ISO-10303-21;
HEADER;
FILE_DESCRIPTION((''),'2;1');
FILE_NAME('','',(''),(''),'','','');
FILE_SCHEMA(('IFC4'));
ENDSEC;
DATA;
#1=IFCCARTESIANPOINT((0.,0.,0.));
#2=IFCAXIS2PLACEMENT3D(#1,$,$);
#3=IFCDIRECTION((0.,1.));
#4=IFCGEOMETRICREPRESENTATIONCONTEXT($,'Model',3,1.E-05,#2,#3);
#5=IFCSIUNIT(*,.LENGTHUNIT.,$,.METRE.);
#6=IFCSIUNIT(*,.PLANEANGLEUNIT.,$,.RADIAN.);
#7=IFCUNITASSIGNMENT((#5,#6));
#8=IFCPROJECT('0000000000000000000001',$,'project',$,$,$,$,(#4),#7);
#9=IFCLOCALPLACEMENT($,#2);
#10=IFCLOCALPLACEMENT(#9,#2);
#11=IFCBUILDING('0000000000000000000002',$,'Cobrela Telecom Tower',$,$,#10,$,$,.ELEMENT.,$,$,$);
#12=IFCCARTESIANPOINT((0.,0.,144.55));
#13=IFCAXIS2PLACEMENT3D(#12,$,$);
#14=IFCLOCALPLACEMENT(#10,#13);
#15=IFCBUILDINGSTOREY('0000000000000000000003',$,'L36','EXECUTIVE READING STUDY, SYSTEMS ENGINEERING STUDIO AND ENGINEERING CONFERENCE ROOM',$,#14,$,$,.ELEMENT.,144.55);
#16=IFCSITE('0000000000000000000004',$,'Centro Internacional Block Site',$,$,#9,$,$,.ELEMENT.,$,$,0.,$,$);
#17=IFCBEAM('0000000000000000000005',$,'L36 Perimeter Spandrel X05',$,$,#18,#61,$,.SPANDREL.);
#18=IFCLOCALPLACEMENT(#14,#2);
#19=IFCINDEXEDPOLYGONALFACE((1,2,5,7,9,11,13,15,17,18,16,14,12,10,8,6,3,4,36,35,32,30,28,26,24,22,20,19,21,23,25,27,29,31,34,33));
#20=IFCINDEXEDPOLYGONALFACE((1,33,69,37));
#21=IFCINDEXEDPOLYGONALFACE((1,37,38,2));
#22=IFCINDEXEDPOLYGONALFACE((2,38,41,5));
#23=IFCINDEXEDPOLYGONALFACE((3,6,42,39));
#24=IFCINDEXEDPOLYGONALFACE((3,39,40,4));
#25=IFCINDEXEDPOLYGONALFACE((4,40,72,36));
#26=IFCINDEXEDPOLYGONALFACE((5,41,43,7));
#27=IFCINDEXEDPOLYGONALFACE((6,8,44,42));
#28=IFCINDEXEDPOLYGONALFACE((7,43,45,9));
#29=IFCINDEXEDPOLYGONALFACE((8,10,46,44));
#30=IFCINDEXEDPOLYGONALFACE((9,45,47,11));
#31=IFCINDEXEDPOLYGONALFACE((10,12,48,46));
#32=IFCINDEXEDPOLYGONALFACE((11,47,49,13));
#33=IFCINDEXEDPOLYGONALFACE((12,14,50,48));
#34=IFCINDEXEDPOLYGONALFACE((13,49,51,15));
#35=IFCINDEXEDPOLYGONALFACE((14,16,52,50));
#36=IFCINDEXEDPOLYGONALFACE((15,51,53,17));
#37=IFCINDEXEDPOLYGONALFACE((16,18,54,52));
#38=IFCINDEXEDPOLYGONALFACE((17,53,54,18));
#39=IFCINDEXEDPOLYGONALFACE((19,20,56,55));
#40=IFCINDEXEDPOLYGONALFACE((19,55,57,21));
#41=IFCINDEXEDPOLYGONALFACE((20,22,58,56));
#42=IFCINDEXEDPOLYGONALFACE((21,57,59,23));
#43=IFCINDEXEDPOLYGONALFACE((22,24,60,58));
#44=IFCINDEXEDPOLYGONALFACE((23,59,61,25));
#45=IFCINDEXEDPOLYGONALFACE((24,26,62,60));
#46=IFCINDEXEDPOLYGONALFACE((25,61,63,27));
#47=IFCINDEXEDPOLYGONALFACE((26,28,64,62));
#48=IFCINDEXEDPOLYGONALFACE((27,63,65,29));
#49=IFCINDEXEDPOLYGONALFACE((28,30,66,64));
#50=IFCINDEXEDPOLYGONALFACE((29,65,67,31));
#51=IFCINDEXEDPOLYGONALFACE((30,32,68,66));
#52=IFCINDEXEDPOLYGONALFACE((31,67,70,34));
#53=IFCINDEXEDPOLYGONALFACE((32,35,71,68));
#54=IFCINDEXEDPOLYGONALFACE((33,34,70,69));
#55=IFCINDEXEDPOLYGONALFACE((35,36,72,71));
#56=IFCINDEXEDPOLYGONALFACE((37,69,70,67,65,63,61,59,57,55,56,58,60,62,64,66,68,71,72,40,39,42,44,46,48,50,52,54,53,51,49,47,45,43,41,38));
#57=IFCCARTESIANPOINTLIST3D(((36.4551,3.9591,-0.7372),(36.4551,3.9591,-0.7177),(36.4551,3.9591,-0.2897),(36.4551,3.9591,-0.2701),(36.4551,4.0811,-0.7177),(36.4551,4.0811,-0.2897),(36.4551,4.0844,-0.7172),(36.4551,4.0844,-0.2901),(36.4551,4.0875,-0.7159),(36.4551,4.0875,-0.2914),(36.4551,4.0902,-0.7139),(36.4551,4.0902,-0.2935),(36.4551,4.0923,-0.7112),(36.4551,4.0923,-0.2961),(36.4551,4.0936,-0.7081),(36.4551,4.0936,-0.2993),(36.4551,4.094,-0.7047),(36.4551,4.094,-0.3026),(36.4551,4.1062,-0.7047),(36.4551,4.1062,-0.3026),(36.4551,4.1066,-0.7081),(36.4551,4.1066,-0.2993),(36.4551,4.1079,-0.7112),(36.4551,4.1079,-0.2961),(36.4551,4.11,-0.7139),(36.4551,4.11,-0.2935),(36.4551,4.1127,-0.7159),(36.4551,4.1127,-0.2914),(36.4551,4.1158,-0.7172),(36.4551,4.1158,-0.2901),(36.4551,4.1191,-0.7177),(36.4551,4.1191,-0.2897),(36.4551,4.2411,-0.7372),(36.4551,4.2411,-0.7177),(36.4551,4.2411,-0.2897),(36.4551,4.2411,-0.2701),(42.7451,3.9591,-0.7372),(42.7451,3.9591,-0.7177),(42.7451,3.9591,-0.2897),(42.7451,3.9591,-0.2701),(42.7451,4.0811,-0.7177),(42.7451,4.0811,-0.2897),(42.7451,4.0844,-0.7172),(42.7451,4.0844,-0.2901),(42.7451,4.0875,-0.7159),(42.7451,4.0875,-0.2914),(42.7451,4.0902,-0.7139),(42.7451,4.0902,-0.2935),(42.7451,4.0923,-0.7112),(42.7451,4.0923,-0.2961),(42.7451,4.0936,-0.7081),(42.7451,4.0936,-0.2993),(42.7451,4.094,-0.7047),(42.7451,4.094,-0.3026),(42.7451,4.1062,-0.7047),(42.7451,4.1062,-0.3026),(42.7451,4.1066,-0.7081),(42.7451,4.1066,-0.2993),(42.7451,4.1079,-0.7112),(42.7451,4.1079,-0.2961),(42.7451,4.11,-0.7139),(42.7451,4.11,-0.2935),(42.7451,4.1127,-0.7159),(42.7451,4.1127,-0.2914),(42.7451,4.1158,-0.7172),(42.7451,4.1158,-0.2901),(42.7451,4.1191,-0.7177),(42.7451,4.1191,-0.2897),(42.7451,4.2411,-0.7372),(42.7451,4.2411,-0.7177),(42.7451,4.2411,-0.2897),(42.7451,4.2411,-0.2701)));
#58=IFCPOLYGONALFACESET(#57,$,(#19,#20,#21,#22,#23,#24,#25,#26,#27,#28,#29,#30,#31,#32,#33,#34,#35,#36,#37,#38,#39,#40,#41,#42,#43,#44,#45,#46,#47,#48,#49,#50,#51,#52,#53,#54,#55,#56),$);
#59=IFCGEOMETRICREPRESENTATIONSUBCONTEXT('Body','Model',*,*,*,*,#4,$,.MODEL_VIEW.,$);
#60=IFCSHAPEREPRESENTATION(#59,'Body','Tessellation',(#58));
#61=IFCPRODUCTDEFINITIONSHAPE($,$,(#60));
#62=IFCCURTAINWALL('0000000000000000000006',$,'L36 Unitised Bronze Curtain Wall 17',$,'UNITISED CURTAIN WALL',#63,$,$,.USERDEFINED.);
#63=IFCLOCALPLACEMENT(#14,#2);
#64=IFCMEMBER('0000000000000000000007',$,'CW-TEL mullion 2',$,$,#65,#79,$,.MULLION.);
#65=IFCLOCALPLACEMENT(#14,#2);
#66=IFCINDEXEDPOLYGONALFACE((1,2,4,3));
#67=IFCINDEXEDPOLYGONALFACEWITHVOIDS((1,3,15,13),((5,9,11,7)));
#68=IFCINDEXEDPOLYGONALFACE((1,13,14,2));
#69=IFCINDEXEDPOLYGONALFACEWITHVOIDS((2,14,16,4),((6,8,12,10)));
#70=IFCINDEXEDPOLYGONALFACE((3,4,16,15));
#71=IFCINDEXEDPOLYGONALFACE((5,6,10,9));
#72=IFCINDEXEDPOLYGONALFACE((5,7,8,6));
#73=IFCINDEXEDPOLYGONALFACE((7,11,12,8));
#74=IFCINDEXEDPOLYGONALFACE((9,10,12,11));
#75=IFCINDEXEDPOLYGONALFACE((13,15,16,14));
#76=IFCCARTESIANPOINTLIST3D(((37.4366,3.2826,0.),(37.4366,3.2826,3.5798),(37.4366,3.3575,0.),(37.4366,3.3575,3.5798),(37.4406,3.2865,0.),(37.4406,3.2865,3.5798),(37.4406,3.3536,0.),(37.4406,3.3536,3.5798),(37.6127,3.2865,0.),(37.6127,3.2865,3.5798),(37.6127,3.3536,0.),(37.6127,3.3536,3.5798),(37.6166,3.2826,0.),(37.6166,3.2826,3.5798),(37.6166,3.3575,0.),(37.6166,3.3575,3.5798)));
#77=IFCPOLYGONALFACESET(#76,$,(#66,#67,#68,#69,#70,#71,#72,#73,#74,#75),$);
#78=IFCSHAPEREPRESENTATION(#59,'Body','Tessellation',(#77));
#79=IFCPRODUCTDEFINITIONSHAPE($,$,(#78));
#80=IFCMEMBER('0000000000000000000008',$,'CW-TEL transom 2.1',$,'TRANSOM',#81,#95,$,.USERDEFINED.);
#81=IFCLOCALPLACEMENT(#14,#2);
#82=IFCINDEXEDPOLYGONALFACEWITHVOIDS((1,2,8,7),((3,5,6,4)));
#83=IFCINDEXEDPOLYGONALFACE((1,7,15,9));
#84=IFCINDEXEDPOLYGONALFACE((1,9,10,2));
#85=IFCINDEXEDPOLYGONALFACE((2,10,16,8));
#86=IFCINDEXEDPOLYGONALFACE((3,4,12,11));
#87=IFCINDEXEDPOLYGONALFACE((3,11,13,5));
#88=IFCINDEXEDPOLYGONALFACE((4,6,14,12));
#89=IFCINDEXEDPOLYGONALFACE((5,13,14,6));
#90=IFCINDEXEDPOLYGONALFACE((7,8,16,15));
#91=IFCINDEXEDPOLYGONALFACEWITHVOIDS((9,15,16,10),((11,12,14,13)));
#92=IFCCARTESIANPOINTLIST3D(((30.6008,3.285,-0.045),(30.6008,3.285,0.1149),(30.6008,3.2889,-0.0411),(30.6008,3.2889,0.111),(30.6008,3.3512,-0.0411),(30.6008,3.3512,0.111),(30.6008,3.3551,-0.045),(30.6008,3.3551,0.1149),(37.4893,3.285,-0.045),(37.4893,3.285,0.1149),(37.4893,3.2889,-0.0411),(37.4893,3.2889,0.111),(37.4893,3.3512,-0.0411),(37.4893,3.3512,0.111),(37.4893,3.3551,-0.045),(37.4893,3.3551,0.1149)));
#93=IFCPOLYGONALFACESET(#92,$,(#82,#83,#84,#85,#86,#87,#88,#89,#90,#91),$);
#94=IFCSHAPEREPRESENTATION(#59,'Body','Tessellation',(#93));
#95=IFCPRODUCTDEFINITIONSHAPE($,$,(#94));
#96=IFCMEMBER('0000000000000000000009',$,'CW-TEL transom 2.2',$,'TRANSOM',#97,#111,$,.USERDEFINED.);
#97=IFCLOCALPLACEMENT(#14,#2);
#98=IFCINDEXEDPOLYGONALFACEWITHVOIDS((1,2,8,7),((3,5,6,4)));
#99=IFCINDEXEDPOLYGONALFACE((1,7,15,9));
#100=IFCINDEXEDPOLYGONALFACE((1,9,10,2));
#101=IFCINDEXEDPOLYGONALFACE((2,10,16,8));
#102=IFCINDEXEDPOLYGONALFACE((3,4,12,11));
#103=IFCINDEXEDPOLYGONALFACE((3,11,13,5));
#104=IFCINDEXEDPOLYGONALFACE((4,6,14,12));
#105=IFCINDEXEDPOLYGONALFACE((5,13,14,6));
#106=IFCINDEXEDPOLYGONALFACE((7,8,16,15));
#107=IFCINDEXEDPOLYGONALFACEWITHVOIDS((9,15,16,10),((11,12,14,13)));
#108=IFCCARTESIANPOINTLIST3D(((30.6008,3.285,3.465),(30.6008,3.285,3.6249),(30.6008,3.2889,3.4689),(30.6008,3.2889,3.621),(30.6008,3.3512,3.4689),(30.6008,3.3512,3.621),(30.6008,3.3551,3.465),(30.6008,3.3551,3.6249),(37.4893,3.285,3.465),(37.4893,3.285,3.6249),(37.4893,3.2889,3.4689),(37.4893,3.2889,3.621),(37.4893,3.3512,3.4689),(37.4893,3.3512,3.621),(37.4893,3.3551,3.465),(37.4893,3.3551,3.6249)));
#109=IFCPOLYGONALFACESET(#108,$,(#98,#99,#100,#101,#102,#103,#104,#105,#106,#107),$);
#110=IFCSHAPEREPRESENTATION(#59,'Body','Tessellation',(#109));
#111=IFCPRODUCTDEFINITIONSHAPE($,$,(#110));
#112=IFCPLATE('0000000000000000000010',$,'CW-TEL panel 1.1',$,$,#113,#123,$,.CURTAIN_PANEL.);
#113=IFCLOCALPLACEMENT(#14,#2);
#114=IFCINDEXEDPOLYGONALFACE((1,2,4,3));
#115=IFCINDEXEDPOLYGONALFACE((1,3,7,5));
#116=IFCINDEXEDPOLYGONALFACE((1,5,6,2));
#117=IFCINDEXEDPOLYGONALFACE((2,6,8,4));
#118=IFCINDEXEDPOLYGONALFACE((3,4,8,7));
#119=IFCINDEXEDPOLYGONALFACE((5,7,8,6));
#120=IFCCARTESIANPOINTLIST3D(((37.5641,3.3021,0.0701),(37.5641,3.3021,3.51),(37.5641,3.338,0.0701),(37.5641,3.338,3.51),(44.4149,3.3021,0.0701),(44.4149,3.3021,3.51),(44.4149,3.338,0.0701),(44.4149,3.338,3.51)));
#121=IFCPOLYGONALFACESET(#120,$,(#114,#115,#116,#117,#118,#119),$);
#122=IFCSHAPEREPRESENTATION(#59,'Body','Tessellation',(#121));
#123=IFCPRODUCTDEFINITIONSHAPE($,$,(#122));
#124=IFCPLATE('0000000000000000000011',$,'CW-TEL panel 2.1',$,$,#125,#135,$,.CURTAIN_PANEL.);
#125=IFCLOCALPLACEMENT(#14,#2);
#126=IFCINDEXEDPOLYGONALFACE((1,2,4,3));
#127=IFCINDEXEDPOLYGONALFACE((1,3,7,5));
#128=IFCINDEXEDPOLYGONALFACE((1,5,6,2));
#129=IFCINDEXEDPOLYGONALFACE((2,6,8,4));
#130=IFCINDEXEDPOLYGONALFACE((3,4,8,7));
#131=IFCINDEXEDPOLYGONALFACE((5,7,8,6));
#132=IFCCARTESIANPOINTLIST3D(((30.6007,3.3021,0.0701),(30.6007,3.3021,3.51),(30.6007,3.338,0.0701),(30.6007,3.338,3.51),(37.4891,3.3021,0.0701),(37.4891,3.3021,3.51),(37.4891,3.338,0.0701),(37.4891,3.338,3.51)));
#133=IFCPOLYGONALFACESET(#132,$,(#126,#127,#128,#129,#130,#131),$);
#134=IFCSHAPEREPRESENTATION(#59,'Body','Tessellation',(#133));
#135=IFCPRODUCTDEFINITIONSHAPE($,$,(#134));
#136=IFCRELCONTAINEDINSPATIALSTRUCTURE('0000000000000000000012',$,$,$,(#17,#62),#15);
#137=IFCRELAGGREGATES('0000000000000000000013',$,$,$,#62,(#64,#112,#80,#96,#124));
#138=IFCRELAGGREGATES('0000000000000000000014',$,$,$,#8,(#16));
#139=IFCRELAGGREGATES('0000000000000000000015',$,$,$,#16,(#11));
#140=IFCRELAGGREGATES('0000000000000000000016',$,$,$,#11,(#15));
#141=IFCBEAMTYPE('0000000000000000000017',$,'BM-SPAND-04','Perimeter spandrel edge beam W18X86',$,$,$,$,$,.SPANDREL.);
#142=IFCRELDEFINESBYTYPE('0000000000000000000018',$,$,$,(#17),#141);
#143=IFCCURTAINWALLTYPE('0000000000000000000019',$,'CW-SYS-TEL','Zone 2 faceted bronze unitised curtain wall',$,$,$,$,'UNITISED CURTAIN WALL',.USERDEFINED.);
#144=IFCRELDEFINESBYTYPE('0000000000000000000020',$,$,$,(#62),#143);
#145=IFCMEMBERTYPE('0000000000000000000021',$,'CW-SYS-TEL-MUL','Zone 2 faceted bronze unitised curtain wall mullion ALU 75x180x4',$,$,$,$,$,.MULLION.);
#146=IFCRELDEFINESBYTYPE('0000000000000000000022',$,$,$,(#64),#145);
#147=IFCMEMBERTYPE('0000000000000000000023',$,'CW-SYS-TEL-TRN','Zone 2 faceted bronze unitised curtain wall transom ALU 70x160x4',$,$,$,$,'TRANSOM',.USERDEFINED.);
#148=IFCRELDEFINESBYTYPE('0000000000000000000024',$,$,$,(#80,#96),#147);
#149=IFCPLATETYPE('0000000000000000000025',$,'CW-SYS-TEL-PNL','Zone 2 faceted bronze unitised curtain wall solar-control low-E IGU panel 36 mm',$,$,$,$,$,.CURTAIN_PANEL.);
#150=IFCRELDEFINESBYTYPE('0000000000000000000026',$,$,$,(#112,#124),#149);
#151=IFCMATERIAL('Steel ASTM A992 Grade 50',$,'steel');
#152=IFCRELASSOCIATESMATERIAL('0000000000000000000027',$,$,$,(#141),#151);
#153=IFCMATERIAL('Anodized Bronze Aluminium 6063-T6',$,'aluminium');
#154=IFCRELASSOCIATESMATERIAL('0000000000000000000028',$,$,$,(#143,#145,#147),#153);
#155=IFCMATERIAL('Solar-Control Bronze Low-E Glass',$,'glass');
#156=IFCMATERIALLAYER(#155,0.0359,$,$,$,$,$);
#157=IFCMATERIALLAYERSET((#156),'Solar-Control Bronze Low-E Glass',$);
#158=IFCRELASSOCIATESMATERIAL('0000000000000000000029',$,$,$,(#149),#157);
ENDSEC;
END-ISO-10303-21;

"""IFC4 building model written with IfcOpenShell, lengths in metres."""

from ifc_helpers import new_model, si_unit, direction, frame, origin, origin_2d, place, context, subcontext, project, spatial, rectangle, hollow_rectangle, i_section, extrude, material, layer, layer_set, material_profile, profile_set, type_object, element, aggregate, save


model = new_model("IFC4")

# Units and contexts
model_context = context("Model", 3, precision=1e-05, world=origin(), true_north=direction((0.0, 1.0)))
body_context = subcontext(model_context, "Body", "Model", "MODEL_VIEW")
ifc_project = project(units=[si_unit("LENGTHUNIT", "METRE"), si_unit("PLANEANGLEUNIT", "RADIAN")], contexts=[model_context])

# Site, building, storey
site_placement = place(None, origin())
site = spatial("IfcSite", under=ifc_project, at=site_placement, Name="Centro Internacional Block Site", CompositionType="ELEMENT", RefElevation=0.0)
building_placement = place(site_placement, origin())
building = spatial("IfcBuilding", under=site, at=building_placement, Name="Cobrela Telecom Tower", CompositionType="ELEMENT")
storey_placement = place(building_placement, frame((0.0, 0.0, 144.55)))
storey = spatial("IfcBuildingStorey", under=building, at=storey_placement, Name="L36", Description="EXECUTIVE READING STUDY, SYSTEMS ENGINEERING STUDIO AND ENGINEERING CONFERENCE ROOM", CompositionType="ELEMENT", Elevation=144.55)

# Shared definitions
ifc_material_1 = material(Name="Steel ASTM A992 Grade 50", Category="steel")

# Beam
ifc_material_profile_1 = material_profile(ifc_material_1, i_section(OverallWidth=0.282, OverallDepth=0.467, WebThickness=0.0122, FlangeThickness=0.0195, FilletRadius=0.0129, at=origin_2d()), Name="W18X86")
ifc_profile_set_1 = profile_set([ifc_material_profile_1], Name="Steel ASTM A992 Grade 50")
beam_type_1 = type_object("IfcBeamType", Name="BM-SPAND-04", Description="Perimeter spandrel edge beam W18X86", PredefinedType="SPANDREL", material=ifc_profile_set_1)
beam_1_placement = place(storey_placement, frame((36.4551, 4.1001, -0.5037), z_axis=(1.0, 0.0, 0.0), x_axis=(0.0, 1.0, 0.0)))
element("IfcBeam", 1, at=beam_1_placement, inside=storey, type_object=beam_type_1, Name="L36 Perimeter Spandrel X05", PredefinedType="SPANDREL", context=body_context, shape_type="SweptSolid", body=[
    extrude(i_section(OverallWidth=0.282, OverallDepth=0.467, WebThickness=0.0122, FlangeThickness=0.0195, FilletRadius=0.0129, at=origin_2d()), origin(), (0.0, 0.0, 1.0), 6.29),
])

# Curtain wall, members, plates
ifc_material_2 = material(Name="Anodized Bronze Aluminium 6063-T6", Category="aluminium")
curtain_wall_type = type_object("IfcCurtainWallType", Name="CW-SYS-TEL", Description="Zone 2 faceted bronze unitised curtain wall", ElementType="UNITISED CURTAIN WALL", PredefinedType="USERDEFINED", material=ifc_material_2)
curtain_wall_placement = place(storey_placement, origin())
curtain_wall = element("IfcCurtainWall", 2, at=curtain_wall_placement, inside=storey, type_object=curtain_wall_type, Name="L36 Unitised Bronze Curtain Wall 17", ObjectType="UNITISED CURTAIN WALL", PredefinedType="USERDEFINED")
ifc_material_profile_2 = material_profile(ifc_material_2, hollow_rectangle(XDim=0.075, YDim=0.1799, WallThickness=0.0039, at=origin_2d()), Name="ALU 75x180x4")
ifc_profile_set_2 = profile_set([ifc_material_profile_2], Name="Anodized Bronze Aluminium 6063-T6")
member_type_1 = type_object("IfcMemberType", Name="CW-SYS-TEL-MUL", Description="Zone 2 faceted bronze unitised curtain wall mullion ALU 75x180x4", PredefinedType="MULLION", material=ifc_profile_set_2)
member_1_placement = place(storey_placement, frame((37.5266, 3.3201, 0.0), z_axis=(0.0, 0.0, 1.0), x_axis=(0.0, -1.0, 0.0)))
member_1 = element("IfcMember", 3, at=member_1_placement, type_object=member_type_1, Name="CW-TEL mullion 2", PredefinedType="MULLION", context=body_context, shape_type="SweptSolid", body=[
    extrude(hollow_rectangle(XDim=0.075, YDim=0.1799, WallThickness=0.0039, at=origin_2d()), origin(), (0.0, 0.0, 1.0), 3.5798),
])
ifc_material_profile_3 = material_profile(ifc_material_2, hollow_rectangle(XDim=0.0701, YDim=0.1599, WallThickness=0.0039, at=origin_2d()), Name="ALU 70x160x4")
ifc_profile_set_3 = profile_set([ifc_material_profile_3], Name="Anodized Bronze Aluminium 6063-T6")
member_type_2 = type_object("IfcMemberType", Name="CW-SYS-TEL-TRN", Description="Zone 2 faceted bronze unitised curtain wall transom ALU 70x160x4", ElementType="TRANSOM", PredefinedType="USERDEFINED", material=ifc_profile_set_3)
member_2_placement = place(storey_placement, frame((37.4893, 3.3201, 0.0349), z_axis=(-1.0, 0.0, 0.0), x_axis=(0.0, -1.0, 0.0)))
member_2 = element("IfcMember", 4, at=member_2_placement, type_object=member_type_2, Name="CW-TEL transom 2.1", ObjectType="TRANSOM", PredefinedType="USERDEFINED", context=body_context, shape_type="SweptSolid", body=[
    extrude(hollow_rectangle(XDim=0.0701, YDim=0.1599, WallThickness=0.0039, at=origin_2d()), origin(), (0.0, 0.0, 1.0), 6.8884),
])
member_3_placement = place(storey_placement, frame((37.4893, 3.3201, 3.5449), z_axis=(-1.0, 0.0, 0.0), x_axis=(0.0, -1.0, 0.0)))
member_3 = element("IfcMember", 5, at=member_3_placement, type_object=member_type_2, Name="CW-TEL transom 2.2", ObjectType="TRANSOM", PredefinedType="USERDEFINED", context=body_context, shape_type="SweptSolid", body=[
    extrude(hollow_rectangle(XDim=0.0701, YDim=0.1599, WallThickness=0.0039, at=origin_2d()), origin(), (0.0, 0.0, 1.0), 6.8884),
])
ifc_material_3 = material(Name="Solar-Control Bronze Low-E Glass", Category="glass")
ifc_layer = layer(ifc_material_3, 0.0359)
ifc_layer_set = layer_set([ifc_layer], Name="Solar-Control Bronze Low-E Glass")
plate_type = type_object("IfcPlateType", Name="CW-SYS-TEL-PNL", Description="Zone 2 faceted bronze unitised curtain wall solar-control low-E IGU panel 36 mm", PredefinedType="CURTAIN_PANEL", material=ifc_layer_set)
plate_1_placement = place(storey_placement, frame((40.9895, 3.3201, 0.0701), z_axis=(0.0, 0.0, 1.0), x_axis=(-1.0, 0.0, 0.0)))
plate_1 = element("IfcPlate", 6, at=plate_1_placement, type_object=plate_type, Name="CW-TEL panel 1.1", PredefinedType="CURTAIN_PANEL", context=body_context, shape_type="SweptSolid", body=[
    extrude(rectangle(XDim=6.8508, YDim=0.0359, at=origin_2d()), origin(), (0.0, 0.0, 1.0), 3.4399),
])
plate_2_placement = place(storey_placement, frame((34.0449, 3.3201, 0.0701), z_axis=(0.0, 0.0, 1.0), x_axis=(-1.0, 0.0, 0.0)))
plate_2 = element("IfcPlate", 7, at=plate_2_placement, type_object=plate_type, Name="CW-TEL panel 2.1", PredefinedType="CURTAIN_PANEL", context=body_context, shape_type="SweptSolid", body=[
    extrude(rectangle(XDim=6.8884, YDim=0.0359, at=origin_2d()), origin(), (0.0, 0.0, 1.0), 3.4399),
])
aggregate(curtain_wall, [member_1, plate_1, member_2, member_3, plate_2])

save(model, "model.ifc")
